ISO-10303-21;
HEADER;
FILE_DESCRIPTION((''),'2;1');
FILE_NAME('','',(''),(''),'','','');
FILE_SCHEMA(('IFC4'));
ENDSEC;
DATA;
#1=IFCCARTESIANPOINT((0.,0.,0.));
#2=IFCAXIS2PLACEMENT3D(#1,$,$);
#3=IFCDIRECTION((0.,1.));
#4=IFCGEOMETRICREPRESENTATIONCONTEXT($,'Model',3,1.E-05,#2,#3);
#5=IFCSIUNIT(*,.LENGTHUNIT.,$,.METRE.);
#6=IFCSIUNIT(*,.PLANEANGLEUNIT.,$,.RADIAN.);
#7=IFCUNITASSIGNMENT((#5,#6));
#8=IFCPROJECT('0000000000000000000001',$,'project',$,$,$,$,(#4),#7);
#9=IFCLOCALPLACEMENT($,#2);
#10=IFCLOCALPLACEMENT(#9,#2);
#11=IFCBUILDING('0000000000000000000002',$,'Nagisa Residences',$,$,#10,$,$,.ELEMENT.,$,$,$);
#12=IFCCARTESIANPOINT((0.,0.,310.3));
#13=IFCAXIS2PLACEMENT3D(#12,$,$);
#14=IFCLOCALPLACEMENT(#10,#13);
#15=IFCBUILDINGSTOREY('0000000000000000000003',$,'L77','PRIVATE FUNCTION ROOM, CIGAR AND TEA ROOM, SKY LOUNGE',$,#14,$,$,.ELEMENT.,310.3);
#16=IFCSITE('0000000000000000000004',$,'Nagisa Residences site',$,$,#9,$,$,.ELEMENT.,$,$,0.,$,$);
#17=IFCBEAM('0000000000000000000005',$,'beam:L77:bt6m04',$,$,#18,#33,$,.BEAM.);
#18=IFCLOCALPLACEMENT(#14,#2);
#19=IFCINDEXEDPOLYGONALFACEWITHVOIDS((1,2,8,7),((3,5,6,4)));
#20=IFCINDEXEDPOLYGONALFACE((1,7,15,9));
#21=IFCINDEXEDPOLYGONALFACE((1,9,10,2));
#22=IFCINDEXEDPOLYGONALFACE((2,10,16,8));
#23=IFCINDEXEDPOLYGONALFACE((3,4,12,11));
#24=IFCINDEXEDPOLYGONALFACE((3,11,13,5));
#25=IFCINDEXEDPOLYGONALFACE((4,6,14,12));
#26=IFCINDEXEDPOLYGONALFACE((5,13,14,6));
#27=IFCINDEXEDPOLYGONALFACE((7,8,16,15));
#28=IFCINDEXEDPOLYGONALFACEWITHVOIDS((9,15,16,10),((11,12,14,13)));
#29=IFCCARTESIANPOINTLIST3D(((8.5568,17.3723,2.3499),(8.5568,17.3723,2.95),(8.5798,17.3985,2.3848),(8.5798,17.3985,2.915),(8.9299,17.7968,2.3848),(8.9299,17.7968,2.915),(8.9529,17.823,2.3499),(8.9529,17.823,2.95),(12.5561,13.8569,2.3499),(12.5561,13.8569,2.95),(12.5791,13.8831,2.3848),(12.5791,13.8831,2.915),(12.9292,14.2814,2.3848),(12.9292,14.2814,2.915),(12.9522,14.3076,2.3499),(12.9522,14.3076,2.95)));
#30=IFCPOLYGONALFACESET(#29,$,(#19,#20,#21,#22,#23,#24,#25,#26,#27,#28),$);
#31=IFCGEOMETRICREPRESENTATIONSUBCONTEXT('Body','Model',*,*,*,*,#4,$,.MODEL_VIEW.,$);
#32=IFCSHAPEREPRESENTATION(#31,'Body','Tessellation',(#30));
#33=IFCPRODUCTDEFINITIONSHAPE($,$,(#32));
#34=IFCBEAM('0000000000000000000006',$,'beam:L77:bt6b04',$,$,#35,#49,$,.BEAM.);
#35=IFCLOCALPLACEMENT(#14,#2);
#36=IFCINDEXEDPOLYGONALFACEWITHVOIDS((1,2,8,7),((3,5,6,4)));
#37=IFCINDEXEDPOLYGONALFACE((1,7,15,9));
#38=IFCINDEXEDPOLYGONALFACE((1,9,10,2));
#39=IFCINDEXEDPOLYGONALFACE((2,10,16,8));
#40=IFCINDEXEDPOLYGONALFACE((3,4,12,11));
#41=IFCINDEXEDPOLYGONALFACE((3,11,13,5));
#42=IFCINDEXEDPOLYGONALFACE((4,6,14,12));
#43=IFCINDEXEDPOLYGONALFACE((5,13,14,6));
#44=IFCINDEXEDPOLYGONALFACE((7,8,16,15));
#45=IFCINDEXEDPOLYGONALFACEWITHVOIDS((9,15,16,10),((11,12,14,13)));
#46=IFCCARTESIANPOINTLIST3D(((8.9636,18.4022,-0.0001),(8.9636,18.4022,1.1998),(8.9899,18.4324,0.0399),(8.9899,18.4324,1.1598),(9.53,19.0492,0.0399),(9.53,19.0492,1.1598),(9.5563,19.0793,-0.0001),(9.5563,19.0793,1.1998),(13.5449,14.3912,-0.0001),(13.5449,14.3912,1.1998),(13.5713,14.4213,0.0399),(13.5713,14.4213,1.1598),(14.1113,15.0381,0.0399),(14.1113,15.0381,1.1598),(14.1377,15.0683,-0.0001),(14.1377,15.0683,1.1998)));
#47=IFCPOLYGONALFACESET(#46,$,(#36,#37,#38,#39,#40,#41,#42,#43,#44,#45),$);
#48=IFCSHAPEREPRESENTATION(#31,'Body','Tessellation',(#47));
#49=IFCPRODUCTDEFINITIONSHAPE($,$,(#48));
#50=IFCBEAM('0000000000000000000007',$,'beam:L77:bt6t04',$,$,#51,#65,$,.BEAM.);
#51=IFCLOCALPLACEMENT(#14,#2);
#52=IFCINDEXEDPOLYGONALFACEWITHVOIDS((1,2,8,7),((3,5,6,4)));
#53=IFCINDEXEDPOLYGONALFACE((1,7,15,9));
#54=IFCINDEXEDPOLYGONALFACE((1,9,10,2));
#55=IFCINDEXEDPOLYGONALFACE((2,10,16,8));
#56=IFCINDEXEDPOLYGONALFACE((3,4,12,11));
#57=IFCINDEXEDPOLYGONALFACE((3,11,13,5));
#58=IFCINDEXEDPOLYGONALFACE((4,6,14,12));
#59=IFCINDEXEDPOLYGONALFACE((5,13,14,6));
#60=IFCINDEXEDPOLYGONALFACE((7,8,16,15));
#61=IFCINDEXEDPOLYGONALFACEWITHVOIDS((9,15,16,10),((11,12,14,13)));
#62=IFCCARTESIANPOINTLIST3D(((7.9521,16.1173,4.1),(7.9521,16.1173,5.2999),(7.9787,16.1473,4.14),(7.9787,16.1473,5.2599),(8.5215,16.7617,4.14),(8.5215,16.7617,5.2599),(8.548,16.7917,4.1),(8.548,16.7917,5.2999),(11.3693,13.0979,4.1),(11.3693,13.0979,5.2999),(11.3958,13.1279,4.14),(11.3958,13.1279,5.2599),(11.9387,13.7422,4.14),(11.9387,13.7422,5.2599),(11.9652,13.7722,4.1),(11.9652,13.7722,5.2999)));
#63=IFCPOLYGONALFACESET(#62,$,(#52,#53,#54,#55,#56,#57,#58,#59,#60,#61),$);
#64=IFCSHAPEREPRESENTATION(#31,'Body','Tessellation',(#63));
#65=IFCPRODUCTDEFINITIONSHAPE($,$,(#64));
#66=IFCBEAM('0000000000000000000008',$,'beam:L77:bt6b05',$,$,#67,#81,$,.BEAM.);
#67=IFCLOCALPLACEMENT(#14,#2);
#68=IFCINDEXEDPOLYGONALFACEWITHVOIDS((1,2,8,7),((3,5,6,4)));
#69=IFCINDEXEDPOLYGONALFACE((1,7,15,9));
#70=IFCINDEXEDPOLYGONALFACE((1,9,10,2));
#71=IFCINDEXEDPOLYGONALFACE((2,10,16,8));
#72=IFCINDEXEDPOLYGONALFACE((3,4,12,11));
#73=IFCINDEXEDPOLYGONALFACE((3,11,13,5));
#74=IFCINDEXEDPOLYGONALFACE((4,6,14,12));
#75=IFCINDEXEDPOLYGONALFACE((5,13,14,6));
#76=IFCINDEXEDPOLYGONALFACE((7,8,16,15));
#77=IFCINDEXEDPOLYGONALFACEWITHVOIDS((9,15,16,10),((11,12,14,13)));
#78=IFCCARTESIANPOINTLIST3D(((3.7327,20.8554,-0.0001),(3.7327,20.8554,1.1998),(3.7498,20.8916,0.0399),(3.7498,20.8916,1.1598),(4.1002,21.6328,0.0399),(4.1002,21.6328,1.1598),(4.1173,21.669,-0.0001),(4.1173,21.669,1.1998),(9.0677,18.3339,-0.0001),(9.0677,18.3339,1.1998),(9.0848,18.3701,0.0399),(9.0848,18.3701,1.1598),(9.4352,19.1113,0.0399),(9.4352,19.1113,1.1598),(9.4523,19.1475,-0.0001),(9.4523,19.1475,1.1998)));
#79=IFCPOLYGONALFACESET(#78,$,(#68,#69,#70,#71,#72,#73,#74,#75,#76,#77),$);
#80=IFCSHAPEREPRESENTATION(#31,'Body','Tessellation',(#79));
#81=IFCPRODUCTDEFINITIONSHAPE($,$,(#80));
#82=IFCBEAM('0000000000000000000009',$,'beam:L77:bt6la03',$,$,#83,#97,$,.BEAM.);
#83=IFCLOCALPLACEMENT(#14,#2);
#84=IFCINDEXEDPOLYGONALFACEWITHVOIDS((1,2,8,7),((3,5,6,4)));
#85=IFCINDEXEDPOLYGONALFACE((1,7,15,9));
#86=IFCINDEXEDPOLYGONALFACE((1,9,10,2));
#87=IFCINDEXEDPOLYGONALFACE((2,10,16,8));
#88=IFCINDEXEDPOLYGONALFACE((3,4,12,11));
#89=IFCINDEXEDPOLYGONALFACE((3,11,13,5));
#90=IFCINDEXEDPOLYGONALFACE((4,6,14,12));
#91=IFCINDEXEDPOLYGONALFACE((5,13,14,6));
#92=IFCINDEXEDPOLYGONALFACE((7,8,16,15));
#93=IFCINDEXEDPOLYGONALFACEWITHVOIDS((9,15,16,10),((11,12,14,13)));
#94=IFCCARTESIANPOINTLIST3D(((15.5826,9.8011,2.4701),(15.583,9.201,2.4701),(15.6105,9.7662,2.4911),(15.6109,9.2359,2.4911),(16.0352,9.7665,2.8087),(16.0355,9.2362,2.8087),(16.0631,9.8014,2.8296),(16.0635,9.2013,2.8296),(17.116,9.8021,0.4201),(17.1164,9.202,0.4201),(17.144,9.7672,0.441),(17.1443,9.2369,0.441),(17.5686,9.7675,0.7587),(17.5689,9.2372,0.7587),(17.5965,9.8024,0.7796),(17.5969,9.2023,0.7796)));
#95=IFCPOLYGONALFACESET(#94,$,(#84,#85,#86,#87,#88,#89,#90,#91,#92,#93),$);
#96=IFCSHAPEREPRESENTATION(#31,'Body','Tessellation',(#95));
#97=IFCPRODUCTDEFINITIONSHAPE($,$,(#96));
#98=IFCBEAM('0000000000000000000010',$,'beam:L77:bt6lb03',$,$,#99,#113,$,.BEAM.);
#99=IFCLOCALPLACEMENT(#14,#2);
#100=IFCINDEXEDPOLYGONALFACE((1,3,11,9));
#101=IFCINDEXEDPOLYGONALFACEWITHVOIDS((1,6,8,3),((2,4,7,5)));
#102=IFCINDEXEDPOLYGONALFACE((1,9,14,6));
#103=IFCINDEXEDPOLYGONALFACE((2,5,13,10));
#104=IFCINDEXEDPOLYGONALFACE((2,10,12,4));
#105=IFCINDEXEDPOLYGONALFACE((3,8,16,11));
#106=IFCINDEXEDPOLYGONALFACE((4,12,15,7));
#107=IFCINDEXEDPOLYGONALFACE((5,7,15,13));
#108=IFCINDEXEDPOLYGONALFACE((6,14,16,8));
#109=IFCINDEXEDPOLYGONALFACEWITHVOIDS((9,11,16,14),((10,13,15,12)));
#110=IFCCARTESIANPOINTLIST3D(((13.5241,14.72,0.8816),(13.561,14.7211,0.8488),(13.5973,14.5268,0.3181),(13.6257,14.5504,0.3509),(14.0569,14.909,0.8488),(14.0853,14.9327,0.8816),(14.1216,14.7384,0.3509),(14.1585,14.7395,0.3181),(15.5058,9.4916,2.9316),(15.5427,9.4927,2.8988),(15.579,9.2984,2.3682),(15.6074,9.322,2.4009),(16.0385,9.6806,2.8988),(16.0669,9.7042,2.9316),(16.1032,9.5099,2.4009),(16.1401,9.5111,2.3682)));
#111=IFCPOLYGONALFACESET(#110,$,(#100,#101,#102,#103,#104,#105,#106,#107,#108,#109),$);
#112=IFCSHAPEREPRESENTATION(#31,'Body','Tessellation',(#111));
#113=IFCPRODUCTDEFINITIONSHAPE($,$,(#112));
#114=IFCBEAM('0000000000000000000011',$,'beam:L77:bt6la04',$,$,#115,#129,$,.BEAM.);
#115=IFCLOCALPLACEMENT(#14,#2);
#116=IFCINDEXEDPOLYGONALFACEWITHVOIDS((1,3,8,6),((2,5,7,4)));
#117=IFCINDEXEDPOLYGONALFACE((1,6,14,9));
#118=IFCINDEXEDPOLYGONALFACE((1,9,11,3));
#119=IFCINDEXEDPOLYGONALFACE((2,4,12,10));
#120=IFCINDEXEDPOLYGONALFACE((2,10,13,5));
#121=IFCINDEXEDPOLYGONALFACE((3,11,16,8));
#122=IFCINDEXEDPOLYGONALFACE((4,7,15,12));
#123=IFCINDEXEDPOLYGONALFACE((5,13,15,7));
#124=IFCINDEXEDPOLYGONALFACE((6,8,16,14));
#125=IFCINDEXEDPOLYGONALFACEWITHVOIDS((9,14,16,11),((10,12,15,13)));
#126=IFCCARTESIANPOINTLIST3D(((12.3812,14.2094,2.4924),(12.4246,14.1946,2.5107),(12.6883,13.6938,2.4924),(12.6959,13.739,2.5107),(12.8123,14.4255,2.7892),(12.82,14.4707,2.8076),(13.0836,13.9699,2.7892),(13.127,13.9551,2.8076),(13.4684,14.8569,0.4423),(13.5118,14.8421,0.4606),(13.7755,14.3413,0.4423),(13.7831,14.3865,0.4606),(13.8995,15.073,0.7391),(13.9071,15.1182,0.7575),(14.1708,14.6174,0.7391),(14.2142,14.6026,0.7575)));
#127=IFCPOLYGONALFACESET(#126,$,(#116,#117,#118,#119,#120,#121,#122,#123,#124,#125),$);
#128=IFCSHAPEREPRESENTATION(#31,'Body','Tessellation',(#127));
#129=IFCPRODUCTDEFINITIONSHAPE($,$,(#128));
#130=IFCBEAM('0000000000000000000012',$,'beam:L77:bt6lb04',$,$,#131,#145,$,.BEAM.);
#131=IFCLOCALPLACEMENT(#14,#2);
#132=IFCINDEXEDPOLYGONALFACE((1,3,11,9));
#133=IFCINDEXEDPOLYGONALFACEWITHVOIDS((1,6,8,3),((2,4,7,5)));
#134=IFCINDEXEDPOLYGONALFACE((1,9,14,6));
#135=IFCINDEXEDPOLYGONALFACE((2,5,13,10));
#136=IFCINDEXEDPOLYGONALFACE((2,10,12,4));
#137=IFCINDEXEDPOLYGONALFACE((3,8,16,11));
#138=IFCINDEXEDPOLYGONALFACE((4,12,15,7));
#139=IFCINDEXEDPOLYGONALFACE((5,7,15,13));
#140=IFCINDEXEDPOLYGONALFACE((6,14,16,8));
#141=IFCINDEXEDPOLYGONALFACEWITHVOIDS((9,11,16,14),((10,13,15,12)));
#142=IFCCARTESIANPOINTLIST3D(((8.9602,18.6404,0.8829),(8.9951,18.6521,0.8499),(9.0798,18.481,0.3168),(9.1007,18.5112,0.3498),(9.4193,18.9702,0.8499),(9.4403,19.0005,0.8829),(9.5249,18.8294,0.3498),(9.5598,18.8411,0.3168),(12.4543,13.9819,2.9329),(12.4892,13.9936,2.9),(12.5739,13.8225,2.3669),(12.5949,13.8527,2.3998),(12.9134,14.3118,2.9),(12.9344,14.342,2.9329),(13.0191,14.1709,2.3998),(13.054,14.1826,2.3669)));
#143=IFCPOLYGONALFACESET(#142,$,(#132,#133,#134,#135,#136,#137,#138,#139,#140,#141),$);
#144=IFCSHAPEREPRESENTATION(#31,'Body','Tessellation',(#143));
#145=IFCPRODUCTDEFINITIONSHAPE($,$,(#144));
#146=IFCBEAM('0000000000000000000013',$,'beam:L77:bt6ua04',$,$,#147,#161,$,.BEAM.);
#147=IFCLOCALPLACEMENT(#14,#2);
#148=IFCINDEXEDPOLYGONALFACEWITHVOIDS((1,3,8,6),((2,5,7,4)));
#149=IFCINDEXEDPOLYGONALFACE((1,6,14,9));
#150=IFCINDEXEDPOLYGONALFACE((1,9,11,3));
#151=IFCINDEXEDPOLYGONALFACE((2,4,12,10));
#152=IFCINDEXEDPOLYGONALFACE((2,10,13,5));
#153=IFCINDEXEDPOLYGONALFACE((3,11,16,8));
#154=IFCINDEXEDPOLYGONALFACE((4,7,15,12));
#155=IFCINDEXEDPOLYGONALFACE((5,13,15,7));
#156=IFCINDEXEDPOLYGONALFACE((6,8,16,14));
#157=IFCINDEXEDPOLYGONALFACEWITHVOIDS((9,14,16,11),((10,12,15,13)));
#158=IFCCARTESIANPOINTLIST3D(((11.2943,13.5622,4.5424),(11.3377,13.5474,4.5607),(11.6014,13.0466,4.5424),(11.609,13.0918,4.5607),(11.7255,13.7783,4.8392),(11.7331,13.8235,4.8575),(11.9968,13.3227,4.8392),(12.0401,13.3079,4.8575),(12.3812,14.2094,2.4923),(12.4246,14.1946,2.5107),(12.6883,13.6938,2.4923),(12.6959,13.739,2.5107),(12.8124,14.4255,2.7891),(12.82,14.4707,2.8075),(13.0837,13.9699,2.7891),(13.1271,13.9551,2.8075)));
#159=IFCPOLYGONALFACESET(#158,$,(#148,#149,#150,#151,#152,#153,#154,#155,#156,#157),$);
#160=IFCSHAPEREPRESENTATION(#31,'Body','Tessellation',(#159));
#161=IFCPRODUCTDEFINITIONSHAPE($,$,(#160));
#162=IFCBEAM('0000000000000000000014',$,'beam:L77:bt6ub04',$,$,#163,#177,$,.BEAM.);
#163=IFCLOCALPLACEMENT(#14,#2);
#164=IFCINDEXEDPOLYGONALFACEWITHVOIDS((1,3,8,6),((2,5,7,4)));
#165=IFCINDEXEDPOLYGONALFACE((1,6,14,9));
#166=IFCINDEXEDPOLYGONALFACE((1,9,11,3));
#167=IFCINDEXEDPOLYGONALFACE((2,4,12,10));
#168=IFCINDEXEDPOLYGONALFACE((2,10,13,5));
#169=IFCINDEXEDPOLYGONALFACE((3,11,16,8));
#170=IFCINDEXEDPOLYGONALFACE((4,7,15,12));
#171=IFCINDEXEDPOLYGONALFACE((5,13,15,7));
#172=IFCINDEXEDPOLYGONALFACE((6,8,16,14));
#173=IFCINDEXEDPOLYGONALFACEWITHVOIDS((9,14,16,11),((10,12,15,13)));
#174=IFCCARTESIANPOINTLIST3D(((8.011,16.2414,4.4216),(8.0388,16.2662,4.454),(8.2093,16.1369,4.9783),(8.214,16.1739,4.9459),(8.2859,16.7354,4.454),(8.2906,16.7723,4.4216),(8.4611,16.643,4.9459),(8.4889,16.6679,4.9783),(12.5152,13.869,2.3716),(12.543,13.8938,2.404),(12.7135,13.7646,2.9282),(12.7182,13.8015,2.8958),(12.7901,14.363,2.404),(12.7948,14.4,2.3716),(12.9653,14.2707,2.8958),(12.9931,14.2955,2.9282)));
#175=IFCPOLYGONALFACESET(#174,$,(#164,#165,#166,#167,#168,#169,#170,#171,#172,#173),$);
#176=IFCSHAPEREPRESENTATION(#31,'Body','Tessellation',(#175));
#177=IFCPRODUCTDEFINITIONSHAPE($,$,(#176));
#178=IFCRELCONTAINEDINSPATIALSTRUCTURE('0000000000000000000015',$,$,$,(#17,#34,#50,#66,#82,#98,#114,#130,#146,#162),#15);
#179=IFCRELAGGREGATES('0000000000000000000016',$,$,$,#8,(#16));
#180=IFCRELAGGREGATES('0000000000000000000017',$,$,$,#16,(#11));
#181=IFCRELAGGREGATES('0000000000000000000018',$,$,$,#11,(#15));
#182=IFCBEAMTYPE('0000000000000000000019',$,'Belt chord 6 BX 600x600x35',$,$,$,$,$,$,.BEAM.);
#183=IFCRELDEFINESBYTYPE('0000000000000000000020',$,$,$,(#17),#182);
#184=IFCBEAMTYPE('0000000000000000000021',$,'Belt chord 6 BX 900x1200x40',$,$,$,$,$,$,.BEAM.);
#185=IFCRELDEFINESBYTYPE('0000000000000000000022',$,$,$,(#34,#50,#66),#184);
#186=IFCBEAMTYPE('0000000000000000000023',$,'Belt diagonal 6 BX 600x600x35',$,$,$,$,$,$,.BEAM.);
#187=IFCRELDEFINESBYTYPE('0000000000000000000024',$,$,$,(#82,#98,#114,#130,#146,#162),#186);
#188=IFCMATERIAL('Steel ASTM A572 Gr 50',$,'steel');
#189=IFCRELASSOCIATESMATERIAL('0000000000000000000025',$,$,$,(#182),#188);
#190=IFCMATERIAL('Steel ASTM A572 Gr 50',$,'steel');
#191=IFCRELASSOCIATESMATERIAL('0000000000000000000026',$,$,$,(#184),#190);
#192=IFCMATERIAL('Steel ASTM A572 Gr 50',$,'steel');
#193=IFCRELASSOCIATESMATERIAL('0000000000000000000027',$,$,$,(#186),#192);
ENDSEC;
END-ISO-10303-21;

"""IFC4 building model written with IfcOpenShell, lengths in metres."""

from ifc_helpers import new_model, si_unit, direction, frame, origin, origin_2d, place, context, subcontext, project, spatial, hollow_rectangle, extrude, material, material_profile, profile_set, type_object, element, save


model = new_model("IFC4")

# Units and contexts
model_context = context("Model", 3, precision=1e-05, world=origin(), true_north=direction((0.0, 1.0)))
body_context = subcontext(model_context, "Body", "Model", "MODEL_VIEW")
ifc_project = project(units=[si_unit("LENGTHUNIT", "METRE"), si_unit("PLANEANGLEUNIT", "RADIAN")], contexts=[model_context])

# Site, building, storey
site_placement = place(None, origin())
site = spatial("IfcSite", under=ifc_project, at=site_placement, Name="Nagisa Residences site", CompositionType="ELEMENT", RefElevation=0.0)
building_placement = place(site_placement, origin())
building = spatial("IfcBuilding", under=site, at=building_placement, Name="Nagisa Residences", CompositionType="ELEMENT")
storey_placement = place(building_placement, frame((0.0, 0.0, 310.3)))
storey = spatial("IfcBuildingStorey", under=building, at=storey_placement, Name="L77", Description="PRIVATE FUNCTION ROOM, CIGAR AND TEA ROOM, SKY LOUNGE", CompositionType="ELEMENT", Elevation=310.3)

# Beams
ifc_material_1 = material(Name="Steel ASTM A572 Gr 50", Category="steel")
ifc_material_profile_1 = material_profile(ifc_material_1, hollow_rectangle(XDim=0.6001, YDim=0.6001, WallThickness=0.0349, at=origin_2d()), Name="BX 600x600x35")
ifc_profile_set_1 = profile_set([ifc_material_profile_1], Name="Steel ASTM A572 Gr 50")
beam_type_1 = type_object("IfcBeamType", Name="Belt chord 6 BX 600x600x35", PredefinedType="BEAM", material=ifc_profile_set_1)
beam_1_placement = place(storey_placement, frame((12.7542, 14.0823, 2.6499), z_axis=(-0.751084, 0.660207, 0.0), x_axis=(-0.660207, -0.751084, 0.0)))
element("IfcBeam", 1, at=beam_1_placement, inside=storey, type_object=beam_type_1, Name="beam:L77:bt6m04", PredefinedType="BEAM", context=body_context, shape_type="SweptSolid", body=[
    extrude(hollow_rectangle(XDim=0.6001, YDim=0.6001, WallThickness=0.0349, at=origin_2d()), origin(), (0.0, 0.0, 1.0), 5.3247),
])
ifc_material_2 = material(Name="Steel ASTM A572 Gr 50", Category="steel")
ifc_material_profile_2 = material_profile(ifc_material_2, hollow_rectangle(XDim=0.8999, YDim=1.2, WallThickness=0.04, at=origin_2d()), Name="BX 900x1200x40")
ifc_profile_set_2 = profile_set([ifc_material_profile_2], Name="Steel ASTM A572 Gr 50")
beam_type_2 = type_object("IfcBeamType", Name="Belt chord 6 BX 900x1200x40", PredefinedType="BEAM", material=ifc_profile_set_2)
beam_2_placement = place(storey_placement, frame((13.8413, 14.7297, 0.5999), z_axis=(-0.752385, 0.658723, 0.0), x_axis=(-0.658723, -0.752385, 0.0)))
element("IfcBeam", 2, at=beam_2_placement, inside=storey, type_object=beam_type_2, Name="beam:L77:bt6b04", PredefinedType="BEAM", context=body_context, shape_type="SweptSolid", body=[
    extrude(hollow_rectangle(XDim=0.8999, YDim=1.2, WallThickness=0.04, at=origin_2d()), origin(), (0.0, 0.0, 1.0), 6.0891),
])
beam_3_placement = place(storey_placement, frame((11.6672, 13.4351, 4.7), z_axis=(-0.749367, 0.662154, 0.0), x_axis=(-0.662154, -0.749367, 0.0)))
element("IfcBeam", 3, at=beam_3_placement, inside=storey, type_object=beam_type_2, Name="beam:L77:bt6t04", PredefinedType="BEAM", context=body_context, shape_type="SweptSolid", body=[
    extrude(hollow_rectangle(XDim=0.8999, YDim=1.2, WallThickness=0.04, at=origin_2d()), origin(), (0.0, 0.0, 1.0), 4.5601),
])
beam_4_placement = place(storey_placement, frame((9.26, 18.7407, 0.5999), z_axis=(-0.904105, 0.427311, 0.0), x_axis=(-0.427311, -0.904105, 0.0)))
element("IfcBeam", 4, at=beam_4_placement, inside=storey, type_object=beam_type_2, Name="beam:L77:bt6b05", PredefinedType="BEAM", context=body_context, shape_type="SweptSolid", body=[
    extrude(hollow_rectangle(XDim=0.8999, YDim=1.2, WallThickness=0.04, at=origin_2d()), origin(), (0.0, 0.0, 1.0), 5.9009),
])
ifc_material_3 = material(Name="Steel ASTM A572 Gr 50", Category="steel")
ifc_material_profile_3 = material_profile(ifc_material_3, hollow_rectangle(XDim=0.6001, YDim=0.6001, WallThickness=0.0349, at=origin_2d()), Name="BX 600x600x35")
ifc_profile_set_3 = profile_set([ifc_material_profile_3], Name="Steel ASTM A572 Gr 50")
beam_type_3 = type_object("IfcBeamType", Name="Belt diagonal 6 BX 600x600x35", PredefinedType="BEAM", material=ifc_profile_set_3)
beam_5_placement = place(storey_placement, frame((17.3564, 9.5022, 0.5999), z_axis=(-0.598977, -0.000381, 0.800766), x_axis=(0.000637, -1.0, 0.0)))
element("IfcBeam", 5, at=beam_5_placement, inside=storey, type_object=beam_type_3, Name="beam:L77:bt6la03", PredefinedType="BEAM", context=body_context, shape_type="SweptSolid", body=[
    extrude(hollow_rectangle(XDim=0.6001, YDim=0.6001, WallThickness=0.0349, at=origin_2d()), origin(), (0.0, 0.0, 1.0), 2.5601),
])
beam_6_placement = place(storey_placement, frame((13.8413, 14.7297, 0.5999), z_axis=(0.332753, -0.877941, 0.344232), x_axis=(0.935089, 0.354413, 0.0)))
element("IfcBeam", 6, at=beam_6_placement, inside=storey, type_object=beam_type_3, Name="beam:L77:bt6lb03", PredefinedType="BEAM", context=body_context, shape_type="SweptSolid", body=[
    extrude(hollow_rectangle(XDim=0.6001, YDim=0.6001, WallThickness=0.0349, at=origin_2d()), origin(), (0.0, 0.0, 1.0), 5.9553),
])
beam_7_placement = place(storey_placement, frame((13.8413, 14.7297, 0.5999), z_axis=(-0.451269, -0.268755, 0.850956), x_axis=(0.511684, -0.859174, 0.0)))
element("IfcBeam", 7, at=beam_7_placement, inside=storey, type_object=beam_type_3, Name="beam:L77:bt6la04", PredefinedType="BEAM", context=body_context, shape_type="SweptSolid", body=[
    extrude(hollow_rectangle(XDim=0.6001, YDim=0.6001, WallThickness=0.0349, at=origin_2d()), origin(), (0.0, 0.0, 1.0), 2.4092),
])
beam_8_placement = place(storey_placement, frame((9.26, 18.7407, 0.5999), z_axis=(0.565985, -0.75458, 0.332069), x_axis=(0.799975, 0.600034, 0.0)))
element("IfcBeam", 8, at=beam_8_placement, inside=storey, type_object=beam_type_3, Name="beam:L77:bt6lb04", PredefinedType="BEAM", context=body_context, shape_type="SweptSolid", body=[
    extrude(hollow_rectangle(XDim=0.6001, YDim=0.6001, WallThickness=0.0349, at=origin_2d()), origin(), (0.0, 0.0, 1.0), 6.1736),
])
beam_9_placement = place(storey_placement, frame((12.7542, 14.0823, 2.6499), z_axis=(-0.451201, -0.268673, 0.851018), x_axis=(0.511626, -0.859208, 0.0)))
element("IfcBeam", 9, at=beam_9_placement, inside=storey, type_object=beam_type_3, Name="beam:L77:bt6ua04", PredefinedType="BEAM", context=body_context, shape_type="SweptSolid", body=[
    extrude(hollow_rectangle(XDim=0.6001, YDim=0.6001, WallThickness=0.0349, at=origin_2d()), origin(), (0.0, 0.0, 1.0), 2.4089),
])
beam_10_placement = place(storey_placement, frame((12.7542, 14.0823, 2.6499), z_axis=(-0.82073, 0.432274, 0.373552), x_axis=(-0.466009, -0.88478, 0.0)))
element("IfcBeam", 10, at=beam_10_placement, inside=storey, type_object=beam_type_3, Name="beam:L77:bt6ub04", PredefinedType="BEAM", context=body_context, shape_type="SweptSolid", body=[
    extrude(hollow_rectangle(XDim=0.6001, YDim=0.6001, WallThickness=0.0349, at=origin_2d()), origin(), (0.0, 0.0, 1.0), 5.488),
])

save(model, "model.ifc")
